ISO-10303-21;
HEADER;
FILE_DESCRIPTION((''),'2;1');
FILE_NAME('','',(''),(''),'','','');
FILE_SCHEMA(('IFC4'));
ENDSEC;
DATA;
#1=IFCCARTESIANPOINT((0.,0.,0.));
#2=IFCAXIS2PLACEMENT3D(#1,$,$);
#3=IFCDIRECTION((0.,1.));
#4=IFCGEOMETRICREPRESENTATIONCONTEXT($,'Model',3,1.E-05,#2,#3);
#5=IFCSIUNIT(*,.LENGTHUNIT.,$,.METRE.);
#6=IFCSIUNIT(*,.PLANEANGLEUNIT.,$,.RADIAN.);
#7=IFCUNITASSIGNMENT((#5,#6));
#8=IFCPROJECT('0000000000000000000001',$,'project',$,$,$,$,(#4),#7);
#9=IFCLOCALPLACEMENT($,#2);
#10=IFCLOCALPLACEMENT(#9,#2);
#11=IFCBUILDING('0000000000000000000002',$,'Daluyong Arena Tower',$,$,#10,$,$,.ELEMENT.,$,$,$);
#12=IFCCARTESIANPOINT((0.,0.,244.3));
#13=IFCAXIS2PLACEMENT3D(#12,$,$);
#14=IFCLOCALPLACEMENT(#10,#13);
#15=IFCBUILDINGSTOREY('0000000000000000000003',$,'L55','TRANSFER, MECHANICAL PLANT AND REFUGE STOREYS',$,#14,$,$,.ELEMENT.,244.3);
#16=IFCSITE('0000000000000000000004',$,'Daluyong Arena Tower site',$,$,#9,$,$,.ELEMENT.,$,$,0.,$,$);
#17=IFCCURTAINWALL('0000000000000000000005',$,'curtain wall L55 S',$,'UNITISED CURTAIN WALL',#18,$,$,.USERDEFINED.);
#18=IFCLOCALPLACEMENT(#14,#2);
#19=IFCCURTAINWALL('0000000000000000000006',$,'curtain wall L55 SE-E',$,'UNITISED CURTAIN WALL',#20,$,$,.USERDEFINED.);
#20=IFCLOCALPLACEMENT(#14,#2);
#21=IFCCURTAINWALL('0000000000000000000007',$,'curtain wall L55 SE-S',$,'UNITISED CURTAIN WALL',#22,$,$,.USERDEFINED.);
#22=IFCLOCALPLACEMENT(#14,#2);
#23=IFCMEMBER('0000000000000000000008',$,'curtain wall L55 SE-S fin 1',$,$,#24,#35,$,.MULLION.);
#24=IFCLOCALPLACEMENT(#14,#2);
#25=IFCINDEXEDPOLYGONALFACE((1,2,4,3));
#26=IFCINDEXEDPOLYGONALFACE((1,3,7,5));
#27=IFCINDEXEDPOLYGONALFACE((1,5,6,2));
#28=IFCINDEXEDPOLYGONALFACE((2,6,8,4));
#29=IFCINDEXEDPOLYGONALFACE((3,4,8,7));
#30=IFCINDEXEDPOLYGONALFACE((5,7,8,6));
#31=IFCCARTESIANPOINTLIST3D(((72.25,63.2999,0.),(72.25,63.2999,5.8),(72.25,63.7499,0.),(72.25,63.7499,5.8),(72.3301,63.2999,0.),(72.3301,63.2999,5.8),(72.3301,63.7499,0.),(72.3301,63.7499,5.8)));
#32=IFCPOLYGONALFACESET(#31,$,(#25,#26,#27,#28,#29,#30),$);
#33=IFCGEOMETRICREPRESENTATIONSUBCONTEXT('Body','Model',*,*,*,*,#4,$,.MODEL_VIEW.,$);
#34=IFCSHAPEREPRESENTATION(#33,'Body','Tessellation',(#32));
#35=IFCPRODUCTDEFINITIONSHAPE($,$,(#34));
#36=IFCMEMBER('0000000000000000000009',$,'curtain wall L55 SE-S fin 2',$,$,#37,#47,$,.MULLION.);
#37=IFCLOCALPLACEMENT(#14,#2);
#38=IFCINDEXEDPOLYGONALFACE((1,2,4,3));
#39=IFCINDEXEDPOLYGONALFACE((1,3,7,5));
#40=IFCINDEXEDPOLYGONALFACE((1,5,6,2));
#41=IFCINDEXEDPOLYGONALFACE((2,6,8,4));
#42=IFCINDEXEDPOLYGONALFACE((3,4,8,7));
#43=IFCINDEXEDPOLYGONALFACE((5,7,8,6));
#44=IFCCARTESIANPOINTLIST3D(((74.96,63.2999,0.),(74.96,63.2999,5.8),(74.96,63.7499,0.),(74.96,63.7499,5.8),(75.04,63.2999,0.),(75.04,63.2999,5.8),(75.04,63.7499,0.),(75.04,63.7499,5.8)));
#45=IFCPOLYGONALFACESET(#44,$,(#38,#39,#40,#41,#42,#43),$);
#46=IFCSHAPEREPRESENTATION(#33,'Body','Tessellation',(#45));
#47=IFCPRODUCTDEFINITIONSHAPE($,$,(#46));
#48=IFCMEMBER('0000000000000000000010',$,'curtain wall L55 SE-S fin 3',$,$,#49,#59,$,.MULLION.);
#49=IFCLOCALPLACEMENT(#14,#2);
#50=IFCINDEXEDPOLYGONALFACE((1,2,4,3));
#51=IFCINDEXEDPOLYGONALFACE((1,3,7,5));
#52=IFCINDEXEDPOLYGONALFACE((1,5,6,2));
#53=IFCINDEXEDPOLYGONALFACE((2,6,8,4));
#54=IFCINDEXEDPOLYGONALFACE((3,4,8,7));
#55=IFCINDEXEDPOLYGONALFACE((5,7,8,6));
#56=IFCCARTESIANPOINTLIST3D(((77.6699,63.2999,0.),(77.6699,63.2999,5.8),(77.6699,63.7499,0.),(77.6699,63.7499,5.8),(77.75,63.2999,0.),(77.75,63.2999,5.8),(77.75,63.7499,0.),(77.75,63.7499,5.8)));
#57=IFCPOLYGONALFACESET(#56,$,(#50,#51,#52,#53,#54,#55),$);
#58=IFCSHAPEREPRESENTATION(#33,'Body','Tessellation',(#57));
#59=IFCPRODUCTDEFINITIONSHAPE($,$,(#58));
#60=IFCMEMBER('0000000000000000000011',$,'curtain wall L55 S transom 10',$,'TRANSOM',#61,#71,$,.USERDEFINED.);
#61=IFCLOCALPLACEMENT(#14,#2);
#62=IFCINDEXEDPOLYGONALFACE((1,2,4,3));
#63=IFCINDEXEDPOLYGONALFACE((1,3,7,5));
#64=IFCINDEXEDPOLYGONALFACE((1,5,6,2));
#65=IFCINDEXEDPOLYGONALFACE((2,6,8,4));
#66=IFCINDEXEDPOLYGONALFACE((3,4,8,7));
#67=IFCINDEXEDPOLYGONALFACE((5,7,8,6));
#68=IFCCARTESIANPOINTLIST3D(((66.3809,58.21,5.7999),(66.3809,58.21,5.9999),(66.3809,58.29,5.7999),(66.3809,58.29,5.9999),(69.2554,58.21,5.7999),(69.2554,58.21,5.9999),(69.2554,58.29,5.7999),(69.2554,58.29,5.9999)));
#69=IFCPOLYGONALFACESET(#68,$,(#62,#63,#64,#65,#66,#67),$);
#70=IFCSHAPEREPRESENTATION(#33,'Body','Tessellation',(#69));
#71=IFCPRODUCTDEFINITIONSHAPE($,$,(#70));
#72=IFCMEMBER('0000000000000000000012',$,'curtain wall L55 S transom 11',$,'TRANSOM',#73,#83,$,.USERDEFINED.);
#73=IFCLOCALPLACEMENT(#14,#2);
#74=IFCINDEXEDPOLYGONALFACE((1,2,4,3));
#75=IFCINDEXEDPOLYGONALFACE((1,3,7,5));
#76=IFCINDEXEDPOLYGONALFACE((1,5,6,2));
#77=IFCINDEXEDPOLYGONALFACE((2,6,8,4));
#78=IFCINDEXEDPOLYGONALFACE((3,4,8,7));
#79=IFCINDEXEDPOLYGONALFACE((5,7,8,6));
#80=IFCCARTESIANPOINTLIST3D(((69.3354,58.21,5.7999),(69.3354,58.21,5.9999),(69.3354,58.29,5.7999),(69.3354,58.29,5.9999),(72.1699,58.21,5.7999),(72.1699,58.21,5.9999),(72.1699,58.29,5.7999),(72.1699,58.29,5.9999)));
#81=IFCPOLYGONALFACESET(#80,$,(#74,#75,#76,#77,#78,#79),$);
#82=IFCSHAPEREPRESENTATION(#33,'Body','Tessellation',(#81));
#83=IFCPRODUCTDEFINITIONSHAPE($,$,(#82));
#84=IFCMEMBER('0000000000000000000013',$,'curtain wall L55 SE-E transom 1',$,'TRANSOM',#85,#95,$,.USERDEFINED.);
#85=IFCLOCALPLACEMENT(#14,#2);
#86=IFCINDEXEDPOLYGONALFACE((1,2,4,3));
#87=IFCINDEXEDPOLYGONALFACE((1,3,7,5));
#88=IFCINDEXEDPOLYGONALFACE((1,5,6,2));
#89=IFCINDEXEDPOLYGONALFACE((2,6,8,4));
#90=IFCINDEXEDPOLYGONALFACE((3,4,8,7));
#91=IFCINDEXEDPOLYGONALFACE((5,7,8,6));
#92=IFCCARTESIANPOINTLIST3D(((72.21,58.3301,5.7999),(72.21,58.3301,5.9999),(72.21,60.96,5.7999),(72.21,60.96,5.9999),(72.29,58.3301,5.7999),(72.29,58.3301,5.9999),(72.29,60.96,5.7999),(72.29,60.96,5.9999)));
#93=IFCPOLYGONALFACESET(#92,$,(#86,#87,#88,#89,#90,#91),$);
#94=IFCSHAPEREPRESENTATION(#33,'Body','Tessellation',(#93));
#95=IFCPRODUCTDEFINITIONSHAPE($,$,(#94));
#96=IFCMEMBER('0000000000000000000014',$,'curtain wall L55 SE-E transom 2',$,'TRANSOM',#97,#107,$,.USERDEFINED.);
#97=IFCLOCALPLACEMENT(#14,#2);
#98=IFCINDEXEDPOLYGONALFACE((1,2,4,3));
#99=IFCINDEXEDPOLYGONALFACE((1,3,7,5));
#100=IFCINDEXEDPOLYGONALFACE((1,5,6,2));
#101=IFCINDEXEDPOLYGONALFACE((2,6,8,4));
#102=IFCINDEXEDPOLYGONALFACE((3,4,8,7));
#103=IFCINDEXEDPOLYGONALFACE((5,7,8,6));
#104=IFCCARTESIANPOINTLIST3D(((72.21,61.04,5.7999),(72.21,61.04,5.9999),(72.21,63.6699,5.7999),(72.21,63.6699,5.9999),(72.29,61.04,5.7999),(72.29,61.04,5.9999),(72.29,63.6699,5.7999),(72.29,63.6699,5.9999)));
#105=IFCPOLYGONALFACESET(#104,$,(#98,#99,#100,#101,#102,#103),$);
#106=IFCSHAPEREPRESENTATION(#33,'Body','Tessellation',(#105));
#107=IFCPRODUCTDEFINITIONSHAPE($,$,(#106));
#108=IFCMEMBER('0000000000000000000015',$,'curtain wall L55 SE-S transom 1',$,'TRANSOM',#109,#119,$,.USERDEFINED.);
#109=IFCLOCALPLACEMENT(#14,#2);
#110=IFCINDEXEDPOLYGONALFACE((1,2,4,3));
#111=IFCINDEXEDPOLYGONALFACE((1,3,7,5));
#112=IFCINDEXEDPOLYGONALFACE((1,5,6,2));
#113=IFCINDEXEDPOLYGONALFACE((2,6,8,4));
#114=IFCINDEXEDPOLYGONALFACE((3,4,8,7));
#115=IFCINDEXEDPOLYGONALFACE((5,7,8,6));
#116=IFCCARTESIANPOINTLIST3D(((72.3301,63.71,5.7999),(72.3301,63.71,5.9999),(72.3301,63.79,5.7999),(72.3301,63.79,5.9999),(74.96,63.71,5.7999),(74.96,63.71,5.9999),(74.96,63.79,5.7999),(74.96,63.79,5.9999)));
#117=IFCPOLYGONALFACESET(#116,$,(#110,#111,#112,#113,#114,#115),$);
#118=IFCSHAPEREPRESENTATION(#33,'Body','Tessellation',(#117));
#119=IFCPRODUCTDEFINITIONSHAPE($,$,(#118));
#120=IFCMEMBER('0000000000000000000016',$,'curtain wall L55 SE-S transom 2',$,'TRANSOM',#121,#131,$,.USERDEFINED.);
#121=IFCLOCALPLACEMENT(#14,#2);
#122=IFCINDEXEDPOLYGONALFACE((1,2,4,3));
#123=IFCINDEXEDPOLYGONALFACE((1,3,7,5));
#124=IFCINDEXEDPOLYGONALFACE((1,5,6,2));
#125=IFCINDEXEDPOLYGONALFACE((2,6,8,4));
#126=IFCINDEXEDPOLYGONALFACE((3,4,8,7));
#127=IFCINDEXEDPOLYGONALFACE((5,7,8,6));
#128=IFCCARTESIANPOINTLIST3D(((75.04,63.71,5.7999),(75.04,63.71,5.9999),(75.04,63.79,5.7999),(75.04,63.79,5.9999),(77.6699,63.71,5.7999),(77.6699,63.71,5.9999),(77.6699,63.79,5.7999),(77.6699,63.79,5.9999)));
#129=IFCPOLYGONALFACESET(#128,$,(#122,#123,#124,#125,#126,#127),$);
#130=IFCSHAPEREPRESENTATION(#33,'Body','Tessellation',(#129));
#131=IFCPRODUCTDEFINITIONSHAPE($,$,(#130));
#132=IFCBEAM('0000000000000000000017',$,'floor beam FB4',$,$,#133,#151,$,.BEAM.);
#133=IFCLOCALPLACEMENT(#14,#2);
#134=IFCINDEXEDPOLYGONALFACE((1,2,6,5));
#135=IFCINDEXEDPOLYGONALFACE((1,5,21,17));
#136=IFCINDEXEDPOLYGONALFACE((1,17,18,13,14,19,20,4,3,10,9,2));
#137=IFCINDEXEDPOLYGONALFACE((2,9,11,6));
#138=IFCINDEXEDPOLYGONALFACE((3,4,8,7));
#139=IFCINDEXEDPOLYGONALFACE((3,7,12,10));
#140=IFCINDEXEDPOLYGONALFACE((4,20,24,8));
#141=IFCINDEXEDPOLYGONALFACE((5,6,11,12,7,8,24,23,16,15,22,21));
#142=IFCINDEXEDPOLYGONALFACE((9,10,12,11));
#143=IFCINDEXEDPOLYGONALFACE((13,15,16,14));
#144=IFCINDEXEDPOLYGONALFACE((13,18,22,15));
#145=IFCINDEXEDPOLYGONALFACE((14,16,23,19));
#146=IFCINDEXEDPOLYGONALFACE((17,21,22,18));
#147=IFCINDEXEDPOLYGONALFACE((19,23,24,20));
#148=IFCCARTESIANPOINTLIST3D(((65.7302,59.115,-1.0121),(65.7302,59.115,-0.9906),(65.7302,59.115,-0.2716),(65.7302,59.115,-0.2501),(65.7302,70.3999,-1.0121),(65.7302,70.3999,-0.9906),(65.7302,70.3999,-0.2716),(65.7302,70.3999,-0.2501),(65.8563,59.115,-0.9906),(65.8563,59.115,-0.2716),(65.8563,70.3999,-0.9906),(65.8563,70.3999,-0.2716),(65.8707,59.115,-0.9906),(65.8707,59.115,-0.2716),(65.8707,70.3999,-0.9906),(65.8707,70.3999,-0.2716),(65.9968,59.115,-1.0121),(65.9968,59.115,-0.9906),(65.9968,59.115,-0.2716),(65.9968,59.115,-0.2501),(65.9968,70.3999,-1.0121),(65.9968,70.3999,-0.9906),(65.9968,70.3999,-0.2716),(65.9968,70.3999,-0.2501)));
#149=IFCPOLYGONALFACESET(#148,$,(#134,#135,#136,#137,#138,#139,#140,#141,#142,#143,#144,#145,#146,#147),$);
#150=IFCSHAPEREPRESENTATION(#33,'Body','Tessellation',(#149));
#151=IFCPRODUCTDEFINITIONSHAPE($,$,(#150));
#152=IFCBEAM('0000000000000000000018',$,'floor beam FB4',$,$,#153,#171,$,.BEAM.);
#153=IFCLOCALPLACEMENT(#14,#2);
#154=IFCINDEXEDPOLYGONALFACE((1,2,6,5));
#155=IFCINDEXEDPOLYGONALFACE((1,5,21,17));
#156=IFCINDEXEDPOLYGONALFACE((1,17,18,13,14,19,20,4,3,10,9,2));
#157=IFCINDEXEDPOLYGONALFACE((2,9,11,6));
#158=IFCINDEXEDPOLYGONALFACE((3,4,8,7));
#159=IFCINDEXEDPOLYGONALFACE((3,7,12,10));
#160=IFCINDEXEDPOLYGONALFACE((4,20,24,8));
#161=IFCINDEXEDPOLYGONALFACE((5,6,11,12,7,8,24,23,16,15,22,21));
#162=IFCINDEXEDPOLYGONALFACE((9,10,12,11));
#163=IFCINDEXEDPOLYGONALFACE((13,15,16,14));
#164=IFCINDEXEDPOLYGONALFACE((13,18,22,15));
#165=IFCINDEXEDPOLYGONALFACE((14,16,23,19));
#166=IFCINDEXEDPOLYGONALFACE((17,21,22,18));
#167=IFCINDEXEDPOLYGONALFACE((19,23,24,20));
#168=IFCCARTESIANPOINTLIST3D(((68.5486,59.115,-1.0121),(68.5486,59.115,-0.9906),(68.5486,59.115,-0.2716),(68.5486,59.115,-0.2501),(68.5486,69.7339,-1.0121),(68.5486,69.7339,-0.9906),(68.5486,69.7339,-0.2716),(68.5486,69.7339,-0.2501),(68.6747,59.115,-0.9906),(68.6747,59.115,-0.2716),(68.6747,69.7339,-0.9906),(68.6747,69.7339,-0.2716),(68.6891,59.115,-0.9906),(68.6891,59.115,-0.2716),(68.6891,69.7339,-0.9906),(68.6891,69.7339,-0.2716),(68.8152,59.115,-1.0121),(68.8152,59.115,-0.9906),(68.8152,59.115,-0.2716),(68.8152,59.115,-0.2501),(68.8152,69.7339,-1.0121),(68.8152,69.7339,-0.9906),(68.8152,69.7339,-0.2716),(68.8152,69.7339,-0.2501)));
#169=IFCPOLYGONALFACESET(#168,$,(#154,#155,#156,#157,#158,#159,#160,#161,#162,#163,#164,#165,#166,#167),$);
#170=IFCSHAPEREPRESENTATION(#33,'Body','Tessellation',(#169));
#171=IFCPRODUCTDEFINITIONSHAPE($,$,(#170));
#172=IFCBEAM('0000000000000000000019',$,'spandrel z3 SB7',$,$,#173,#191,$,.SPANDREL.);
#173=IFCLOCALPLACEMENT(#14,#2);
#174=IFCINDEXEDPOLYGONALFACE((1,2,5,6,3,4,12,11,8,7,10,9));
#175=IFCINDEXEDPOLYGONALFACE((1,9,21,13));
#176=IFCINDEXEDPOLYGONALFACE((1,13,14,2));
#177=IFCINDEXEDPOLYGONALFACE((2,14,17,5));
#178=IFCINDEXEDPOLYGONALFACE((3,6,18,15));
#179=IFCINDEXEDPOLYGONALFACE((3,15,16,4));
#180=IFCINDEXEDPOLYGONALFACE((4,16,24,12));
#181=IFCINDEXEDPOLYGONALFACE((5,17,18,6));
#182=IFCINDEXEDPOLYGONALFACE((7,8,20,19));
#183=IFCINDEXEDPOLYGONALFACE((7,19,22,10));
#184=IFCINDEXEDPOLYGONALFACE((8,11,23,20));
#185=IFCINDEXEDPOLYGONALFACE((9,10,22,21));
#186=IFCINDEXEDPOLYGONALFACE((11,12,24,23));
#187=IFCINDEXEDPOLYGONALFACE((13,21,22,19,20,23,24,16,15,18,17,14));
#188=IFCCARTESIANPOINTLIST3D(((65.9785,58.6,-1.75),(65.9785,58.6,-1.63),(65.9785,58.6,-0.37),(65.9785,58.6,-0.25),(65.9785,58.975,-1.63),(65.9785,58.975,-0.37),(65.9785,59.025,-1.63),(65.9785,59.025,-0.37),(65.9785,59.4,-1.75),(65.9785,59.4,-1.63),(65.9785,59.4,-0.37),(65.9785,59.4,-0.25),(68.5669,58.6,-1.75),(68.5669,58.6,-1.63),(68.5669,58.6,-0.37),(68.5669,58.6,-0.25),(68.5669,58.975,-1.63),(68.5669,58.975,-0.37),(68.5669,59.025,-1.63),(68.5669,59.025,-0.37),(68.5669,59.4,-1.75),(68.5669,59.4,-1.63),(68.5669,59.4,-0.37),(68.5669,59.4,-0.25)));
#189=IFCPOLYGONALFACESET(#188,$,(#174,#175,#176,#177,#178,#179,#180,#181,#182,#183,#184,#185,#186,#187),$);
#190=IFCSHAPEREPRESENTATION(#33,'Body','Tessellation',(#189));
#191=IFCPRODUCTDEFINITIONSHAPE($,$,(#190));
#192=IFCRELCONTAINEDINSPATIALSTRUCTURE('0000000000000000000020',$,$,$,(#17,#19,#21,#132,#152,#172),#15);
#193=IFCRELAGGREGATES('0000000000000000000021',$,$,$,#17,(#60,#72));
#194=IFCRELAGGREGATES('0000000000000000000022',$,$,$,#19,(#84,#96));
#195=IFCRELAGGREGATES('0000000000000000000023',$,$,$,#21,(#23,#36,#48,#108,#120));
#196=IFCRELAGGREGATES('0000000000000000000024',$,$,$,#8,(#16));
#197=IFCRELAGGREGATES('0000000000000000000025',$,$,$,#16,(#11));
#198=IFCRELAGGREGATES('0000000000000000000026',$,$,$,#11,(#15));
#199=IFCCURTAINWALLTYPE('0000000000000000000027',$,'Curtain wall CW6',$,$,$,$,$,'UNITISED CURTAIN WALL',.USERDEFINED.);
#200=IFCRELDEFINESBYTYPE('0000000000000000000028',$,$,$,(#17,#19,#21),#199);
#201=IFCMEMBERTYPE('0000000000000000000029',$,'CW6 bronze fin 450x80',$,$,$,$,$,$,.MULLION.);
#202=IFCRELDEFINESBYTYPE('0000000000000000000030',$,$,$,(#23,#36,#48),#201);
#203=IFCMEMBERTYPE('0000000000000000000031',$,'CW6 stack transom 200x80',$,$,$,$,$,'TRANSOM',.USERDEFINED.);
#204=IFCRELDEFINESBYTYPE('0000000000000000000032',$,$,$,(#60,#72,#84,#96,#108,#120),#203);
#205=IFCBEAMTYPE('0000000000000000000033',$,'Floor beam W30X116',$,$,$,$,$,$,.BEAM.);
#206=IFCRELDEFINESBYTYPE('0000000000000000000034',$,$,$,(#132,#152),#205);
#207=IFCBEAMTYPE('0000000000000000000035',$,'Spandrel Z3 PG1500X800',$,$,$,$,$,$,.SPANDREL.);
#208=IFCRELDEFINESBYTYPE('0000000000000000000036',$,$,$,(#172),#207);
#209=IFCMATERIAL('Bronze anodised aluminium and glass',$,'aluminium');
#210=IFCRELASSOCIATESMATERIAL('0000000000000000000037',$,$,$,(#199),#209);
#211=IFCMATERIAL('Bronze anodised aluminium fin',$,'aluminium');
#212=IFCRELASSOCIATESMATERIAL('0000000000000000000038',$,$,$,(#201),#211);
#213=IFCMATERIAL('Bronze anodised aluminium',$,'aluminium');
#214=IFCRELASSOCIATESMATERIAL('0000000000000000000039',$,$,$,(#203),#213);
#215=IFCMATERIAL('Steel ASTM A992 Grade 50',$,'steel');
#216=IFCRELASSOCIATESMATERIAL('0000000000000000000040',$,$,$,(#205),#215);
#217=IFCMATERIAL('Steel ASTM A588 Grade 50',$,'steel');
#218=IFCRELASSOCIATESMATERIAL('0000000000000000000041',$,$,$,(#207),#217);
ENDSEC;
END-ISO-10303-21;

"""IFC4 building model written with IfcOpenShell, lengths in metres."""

from ifc_helpers import new_model, si_unit, direction, frame, origin, origin_2d, place, context, subcontext, project, spatial, rectangle, i_section, extrude, material, material_profile, profile_set, type_object, element, aggregate, save


model = new_model("IFC4")

# Units and contexts
model_context = context("Model", 3, precision=1e-05, world=origin(), true_north=direction((0.0, 1.0)))
body_context = subcontext(model_context, "Body", "Model", "MODEL_VIEW")
ifc_project = project(units=[si_unit("LENGTHUNIT", "METRE"), si_unit("PLANEANGLEUNIT", "RADIAN")], contexts=[model_context])

# Site, building, storey
site_placement = place(None, origin())
site = spatial("IfcSite", under=ifc_project, at=site_placement, Name="Daluyong Arena Tower site", CompositionType="ELEMENT", RefElevation=0.0)
building_placement = place(site_placement, origin())
building = spatial("IfcBuilding", under=site, at=building_placement, Name="Daluyong Arena Tower", CompositionType="ELEMENT")
storey_placement = place(building_placement, frame((0.0, 0.0, 244.3)))
storey = spatial("IfcBuildingStorey", under=building, at=storey_placement, Name="L55", Description="TRANSFER, MECHANICAL PLANT AND REFUGE STOREYS", CompositionType="ELEMENT", Elevation=244.3)

# Curtain walls, members
ifc_material_1 = material(Name="Bronze anodised aluminium and glass", Category="aluminium")
curtain_wall_type = type_object("IfcCurtainWallType", Name="Curtain wall CW6", ElementType="UNITISED CURTAIN WALL", PredefinedType="USERDEFINED", material=ifc_material_1)
curtain_wall_1_placement = place(storey_placement, origin())
curtain_wall_1 = element("IfcCurtainWall", 1, at=curtain_wall_1_placement, inside=storey, type_object=curtain_wall_type, Name="curtain wall L55 S", ObjectType="UNITISED CURTAIN WALL", PredefinedType="USERDEFINED")
ifc_material_2 = material(Name="Bronze anodised aluminium fin", Category="aluminium")
ifc_material_profile_1 = material_profile(ifc_material_2, rectangle(XDim=0.45, YDim=0.0801, at=origin_2d()))
ifc_profile_set_1 = profile_set([ifc_material_profile_1], Name="Bronze anodised aluminium fin")
member_type_1 = type_object("IfcMemberType", Name="CW6 bronze fin 450x80", PredefinedType="MULLION", material=ifc_profile_set_1)
curtain_wall_2_placement = place(storey_placement, origin())
curtain_wall_2 = element("IfcCurtainWall", 2, at=curtain_wall_2_placement, inside=storey, type_object=curtain_wall_type, Name="curtain wall L55 SE-E", ObjectType="UNITISED CURTAIN WALL", PredefinedType="USERDEFINED")
curtain_wall_3_placement = place(storey_placement, origin())
curtain_wall_3 = element("IfcCurtainWall", 3, at=curtain_wall_3_placement, inside=storey, type_object=curtain_wall_type, Name="curtain wall L55 SE-S", ObjectType="UNITISED CURTAIN WALL", PredefinedType="USERDEFINED")
member_1_placement = place(storey_placement, frame((72.29, 63.5249, 0.0), z_axis=(0.0, 0.0, 1.0), x_axis=(0.0, 1.0, 0.0)))
member_1 = element("IfcMember", 4, at=member_1_placement, type_object=member_type_1, Name="curtain wall L55 SE-S fin 1", PredefinedType="MULLION", context=body_context, shape_type="SweptSolid", body=[
    extrude(rectangle(XDim=0.45, YDim=0.0801, at=origin_2d()), origin(), (0.0, 0.0, 1.0), 5.8),
])
member_2_placement = place(storey_placement, frame((75.0, 63.5249, 0.0), z_axis=(0.0, 0.0, 1.0), x_axis=(0.0, 1.0, 0.0)))
member_2 = element("IfcMember", 5, at=member_2_placement, type_object=member_type_1, Name="curtain wall L55 SE-S fin 2", PredefinedType="MULLION", context=body_context, shape_type="SweptSolid", body=[
    extrude(rectangle(XDim=0.45, YDim=0.0801, at=origin_2d()), origin(), (0.0, 0.0, 1.0), 5.8),
])
member_3_placement = place(storey_placement, frame((77.71, 63.5249, 0.0), z_axis=(0.0, 0.0, 1.0), x_axis=(0.0, 1.0, 0.0)))
member_3 = element("IfcMember", 6, at=member_3_placement, type_object=member_type_1, Name="curtain wall L55 SE-S fin 3", PredefinedType="MULLION", context=body_context, shape_type="SweptSolid", body=[
    extrude(rectangle(XDim=0.45, YDim=0.0801, at=origin_2d()), origin(), (0.0, 0.0, 1.0), 5.8),
])

# Members
ifc_material_3 = material(Name="Bronze anodised aluminium", Category="aluminium")
ifc_material_profile_2 = material_profile(ifc_material_3, rectangle(XDim=0.0801, YDim=0.2, at=origin_2d()))
ifc_profile_set_2 = profile_set([ifc_material_profile_2], Name="Bronze anodised aluminium")
member_type_2 = type_object("IfcMemberType", Name="CW6 stack transom 200x80", ElementType="TRANSOM", PredefinedType="USERDEFINED", material=ifc_profile_set_2)
member_4_placement = place(storey_placement, frame((66.3809, 58.25, 5.8999), z_axis=(1.0, 0.0, 0.0), x_axis=(0.0, 1.0, 0.0)))
member_4 = element("IfcMember", 7, at=member_4_placement, type_object=member_type_2, Name="curtain wall L55 S transom 10", ObjectType="TRANSOM", PredefinedType="USERDEFINED", context=body_context, shape_type="SweptSolid", body=[
    extrude(rectangle(XDim=0.0801, YDim=0.2, at=origin_2d()), origin(), (0.0, 0.0, 1.0), 2.8745),
])
member_5_placement = place(storey_placement, frame((69.3354, 58.25, 5.8999), z_axis=(1.0, 0.0, 0.0), x_axis=(0.0, 1.0, 0.0)))
member_5 = element("IfcMember", 8, at=member_5_placement, type_object=member_type_2, Name="curtain wall L55 S transom 11", ObjectType="TRANSOM", PredefinedType="USERDEFINED", context=body_context, shape_type="SweptSolid", body=[
    extrude(rectangle(XDim=0.0801, YDim=0.2, at=origin_2d()), origin(), (0.0, 0.0, 1.0), 2.8345),
])
member_6_placement = place(storey_placement, frame((72.25, 58.3301, 5.8999), z_axis=(0.0, 1.0, 0.0), x_axis=(-1.0, 0.0, 0.0)))
member_6 = element("IfcMember", 9, at=member_6_placement, type_object=member_type_2, Name="curtain wall L55 SE-E transom 1", ObjectType="TRANSOM", PredefinedType="USERDEFINED", context=body_context, shape_type="SweptSolid", body=[
    extrude(rectangle(XDim=0.0801, YDim=0.2, at=origin_2d()), origin(), (0.0, 0.0, 1.0), 2.6299),
])
member_7_placement = place(storey_placement, frame((72.25, 61.04, 5.8999), z_axis=(0.0, 1.0, 0.0), x_axis=(-1.0, 0.0, 0.0)))
member_7 = element("IfcMember", 10, at=member_7_placement, type_object=member_type_2, Name="curtain wall L55 SE-E transom 2", ObjectType="TRANSOM", PredefinedType="USERDEFINED", context=body_context, shape_type="SweptSolid", body=[
    extrude(rectangle(XDim=0.0801, YDim=0.2, at=origin_2d()), origin(), (0.0, 0.0, 1.0), 2.6299),
])
member_8_placement = place(storey_placement, frame((72.3301, 63.75, 5.8999), z_axis=(1.0, 0.0, 0.0), x_axis=(0.0, 1.0, 0.0)))
member_8 = element("IfcMember", 11, at=member_8_placement, type_object=member_type_2, Name="curtain wall L55 SE-S transom 1", ObjectType="TRANSOM", PredefinedType="USERDEFINED", context=body_context, shape_type="SweptSolid", body=[
    extrude(rectangle(XDim=0.0801, YDim=0.2, at=origin_2d()), origin(), (0.0, 0.0, 1.0), 2.6299),
])
member_9_placement = place(storey_placement, frame((75.04, 63.75, 5.8999), z_axis=(1.0, 0.0, 0.0), x_axis=(0.0, 1.0, 0.0)))
member_9 = element("IfcMember", 12, at=member_9_placement, type_object=member_type_2, Name="curtain wall L55 SE-S transom 2", ObjectType="TRANSOM", PredefinedType="USERDEFINED", context=body_context, shape_type="SweptSolid", body=[
    extrude(rectangle(XDim=0.0801, YDim=0.2, at=origin_2d()), origin(), (0.0, 0.0, 1.0), 2.6299),
])

# Beams
ifc_material_4 = material(Name="Steel ASTM A992 Grade 50", Category="steel")
ifc_material_profile_3 = material_profile(ifc_material_4, i_section(OverallWidth=0.2666, OverallDepth=0.762, WebThickness=0.0144, FlangeThickness=0.0215, at=origin_2d()))
ifc_profile_set_3 = profile_set([ifc_material_profile_3], Name="Steel ASTM A992 Grade 50")
beam_type_1 = type_object("IfcBeamType", Name="Floor beam W30X116", PredefinedType="BEAM", material=ifc_profile_set_3)
beam_1_placement = place(storey_placement, frame((65.8635, 59.115, -0.6311), z_axis=(0.0, 1.0, 0.0), x_axis=(-1.0, 0.0, 0.0)))
element("IfcBeam", 13, at=beam_1_placement, inside=storey, type_object=beam_type_1, Name="floor beam FB4", PredefinedType="BEAM", context=body_context, shape_type="SweptSolid", body=[
    extrude(i_section(OverallWidth=0.2666, OverallDepth=0.762, WebThickness=0.0144, FlangeThickness=0.0215, at=origin_2d()), origin(), (0.0, 0.0, 1.0), 11.2849),
])
beam_2_placement = place(storey_placement, frame((68.6819, 59.115, -0.6311), z_axis=(0.0, 1.0, 0.0), x_axis=(-1.0, 0.0, 0.0)))
element("IfcBeam", 14, at=beam_2_placement, inside=storey, type_object=beam_type_1, Name="floor beam FB4", PredefinedType="BEAM", context=body_context, shape_type="SweptSolid", body=[
    extrude(i_section(OverallWidth=0.2666, OverallDepth=0.762, WebThickness=0.0144, FlangeThickness=0.0215, at=origin_2d()), origin(), (0.0, 0.0, 1.0), 10.6189),
])
ifc_material_5 = material(Name="Steel ASTM A588 Grade 50", Category="steel")
ifc_material_profile_4 = material_profile(ifc_material_5, i_section(OverallWidth=0.8, OverallDepth=1.5, WebThickness=0.05, FlangeThickness=0.12, at=origin_2d()))
ifc_profile_set_4 = profile_set([ifc_material_profile_4], Name="Steel ASTM A588 Grade 50")
beam_type_2 = type_object("IfcBeamType", Name="Spandrel Z3 PG1500X800", PredefinedType="SPANDREL", material=ifc_profile_set_4)
beam_3_placement = place(storey_placement, frame((65.9785, 59.0, -1.0), z_axis=(1.0, 0.0, 0.0), x_axis=(0.0, 1.0, 0.0)))
element("IfcBeam", 15, at=beam_3_placement, inside=storey, type_object=beam_type_2, Name="spandrel z3 SB7", PredefinedType="SPANDREL", context=body_context, shape_type="SweptSolid", body=[
    extrude(i_section(OverallWidth=0.8, OverallDepth=1.5, WebThickness=0.05, FlangeThickness=0.12, at=origin_2d()), origin(), (0.0, 0.0, 1.0), 2.5884),
])

aggregate(curtain_wall_1, [member_4, member_5])
aggregate(curtain_wall_2, [member_6, member_7])
aggregate(curtain_wall_3, [member_1, member_2, member_3, member_8, member_9])

save(model, "model.ifc")
